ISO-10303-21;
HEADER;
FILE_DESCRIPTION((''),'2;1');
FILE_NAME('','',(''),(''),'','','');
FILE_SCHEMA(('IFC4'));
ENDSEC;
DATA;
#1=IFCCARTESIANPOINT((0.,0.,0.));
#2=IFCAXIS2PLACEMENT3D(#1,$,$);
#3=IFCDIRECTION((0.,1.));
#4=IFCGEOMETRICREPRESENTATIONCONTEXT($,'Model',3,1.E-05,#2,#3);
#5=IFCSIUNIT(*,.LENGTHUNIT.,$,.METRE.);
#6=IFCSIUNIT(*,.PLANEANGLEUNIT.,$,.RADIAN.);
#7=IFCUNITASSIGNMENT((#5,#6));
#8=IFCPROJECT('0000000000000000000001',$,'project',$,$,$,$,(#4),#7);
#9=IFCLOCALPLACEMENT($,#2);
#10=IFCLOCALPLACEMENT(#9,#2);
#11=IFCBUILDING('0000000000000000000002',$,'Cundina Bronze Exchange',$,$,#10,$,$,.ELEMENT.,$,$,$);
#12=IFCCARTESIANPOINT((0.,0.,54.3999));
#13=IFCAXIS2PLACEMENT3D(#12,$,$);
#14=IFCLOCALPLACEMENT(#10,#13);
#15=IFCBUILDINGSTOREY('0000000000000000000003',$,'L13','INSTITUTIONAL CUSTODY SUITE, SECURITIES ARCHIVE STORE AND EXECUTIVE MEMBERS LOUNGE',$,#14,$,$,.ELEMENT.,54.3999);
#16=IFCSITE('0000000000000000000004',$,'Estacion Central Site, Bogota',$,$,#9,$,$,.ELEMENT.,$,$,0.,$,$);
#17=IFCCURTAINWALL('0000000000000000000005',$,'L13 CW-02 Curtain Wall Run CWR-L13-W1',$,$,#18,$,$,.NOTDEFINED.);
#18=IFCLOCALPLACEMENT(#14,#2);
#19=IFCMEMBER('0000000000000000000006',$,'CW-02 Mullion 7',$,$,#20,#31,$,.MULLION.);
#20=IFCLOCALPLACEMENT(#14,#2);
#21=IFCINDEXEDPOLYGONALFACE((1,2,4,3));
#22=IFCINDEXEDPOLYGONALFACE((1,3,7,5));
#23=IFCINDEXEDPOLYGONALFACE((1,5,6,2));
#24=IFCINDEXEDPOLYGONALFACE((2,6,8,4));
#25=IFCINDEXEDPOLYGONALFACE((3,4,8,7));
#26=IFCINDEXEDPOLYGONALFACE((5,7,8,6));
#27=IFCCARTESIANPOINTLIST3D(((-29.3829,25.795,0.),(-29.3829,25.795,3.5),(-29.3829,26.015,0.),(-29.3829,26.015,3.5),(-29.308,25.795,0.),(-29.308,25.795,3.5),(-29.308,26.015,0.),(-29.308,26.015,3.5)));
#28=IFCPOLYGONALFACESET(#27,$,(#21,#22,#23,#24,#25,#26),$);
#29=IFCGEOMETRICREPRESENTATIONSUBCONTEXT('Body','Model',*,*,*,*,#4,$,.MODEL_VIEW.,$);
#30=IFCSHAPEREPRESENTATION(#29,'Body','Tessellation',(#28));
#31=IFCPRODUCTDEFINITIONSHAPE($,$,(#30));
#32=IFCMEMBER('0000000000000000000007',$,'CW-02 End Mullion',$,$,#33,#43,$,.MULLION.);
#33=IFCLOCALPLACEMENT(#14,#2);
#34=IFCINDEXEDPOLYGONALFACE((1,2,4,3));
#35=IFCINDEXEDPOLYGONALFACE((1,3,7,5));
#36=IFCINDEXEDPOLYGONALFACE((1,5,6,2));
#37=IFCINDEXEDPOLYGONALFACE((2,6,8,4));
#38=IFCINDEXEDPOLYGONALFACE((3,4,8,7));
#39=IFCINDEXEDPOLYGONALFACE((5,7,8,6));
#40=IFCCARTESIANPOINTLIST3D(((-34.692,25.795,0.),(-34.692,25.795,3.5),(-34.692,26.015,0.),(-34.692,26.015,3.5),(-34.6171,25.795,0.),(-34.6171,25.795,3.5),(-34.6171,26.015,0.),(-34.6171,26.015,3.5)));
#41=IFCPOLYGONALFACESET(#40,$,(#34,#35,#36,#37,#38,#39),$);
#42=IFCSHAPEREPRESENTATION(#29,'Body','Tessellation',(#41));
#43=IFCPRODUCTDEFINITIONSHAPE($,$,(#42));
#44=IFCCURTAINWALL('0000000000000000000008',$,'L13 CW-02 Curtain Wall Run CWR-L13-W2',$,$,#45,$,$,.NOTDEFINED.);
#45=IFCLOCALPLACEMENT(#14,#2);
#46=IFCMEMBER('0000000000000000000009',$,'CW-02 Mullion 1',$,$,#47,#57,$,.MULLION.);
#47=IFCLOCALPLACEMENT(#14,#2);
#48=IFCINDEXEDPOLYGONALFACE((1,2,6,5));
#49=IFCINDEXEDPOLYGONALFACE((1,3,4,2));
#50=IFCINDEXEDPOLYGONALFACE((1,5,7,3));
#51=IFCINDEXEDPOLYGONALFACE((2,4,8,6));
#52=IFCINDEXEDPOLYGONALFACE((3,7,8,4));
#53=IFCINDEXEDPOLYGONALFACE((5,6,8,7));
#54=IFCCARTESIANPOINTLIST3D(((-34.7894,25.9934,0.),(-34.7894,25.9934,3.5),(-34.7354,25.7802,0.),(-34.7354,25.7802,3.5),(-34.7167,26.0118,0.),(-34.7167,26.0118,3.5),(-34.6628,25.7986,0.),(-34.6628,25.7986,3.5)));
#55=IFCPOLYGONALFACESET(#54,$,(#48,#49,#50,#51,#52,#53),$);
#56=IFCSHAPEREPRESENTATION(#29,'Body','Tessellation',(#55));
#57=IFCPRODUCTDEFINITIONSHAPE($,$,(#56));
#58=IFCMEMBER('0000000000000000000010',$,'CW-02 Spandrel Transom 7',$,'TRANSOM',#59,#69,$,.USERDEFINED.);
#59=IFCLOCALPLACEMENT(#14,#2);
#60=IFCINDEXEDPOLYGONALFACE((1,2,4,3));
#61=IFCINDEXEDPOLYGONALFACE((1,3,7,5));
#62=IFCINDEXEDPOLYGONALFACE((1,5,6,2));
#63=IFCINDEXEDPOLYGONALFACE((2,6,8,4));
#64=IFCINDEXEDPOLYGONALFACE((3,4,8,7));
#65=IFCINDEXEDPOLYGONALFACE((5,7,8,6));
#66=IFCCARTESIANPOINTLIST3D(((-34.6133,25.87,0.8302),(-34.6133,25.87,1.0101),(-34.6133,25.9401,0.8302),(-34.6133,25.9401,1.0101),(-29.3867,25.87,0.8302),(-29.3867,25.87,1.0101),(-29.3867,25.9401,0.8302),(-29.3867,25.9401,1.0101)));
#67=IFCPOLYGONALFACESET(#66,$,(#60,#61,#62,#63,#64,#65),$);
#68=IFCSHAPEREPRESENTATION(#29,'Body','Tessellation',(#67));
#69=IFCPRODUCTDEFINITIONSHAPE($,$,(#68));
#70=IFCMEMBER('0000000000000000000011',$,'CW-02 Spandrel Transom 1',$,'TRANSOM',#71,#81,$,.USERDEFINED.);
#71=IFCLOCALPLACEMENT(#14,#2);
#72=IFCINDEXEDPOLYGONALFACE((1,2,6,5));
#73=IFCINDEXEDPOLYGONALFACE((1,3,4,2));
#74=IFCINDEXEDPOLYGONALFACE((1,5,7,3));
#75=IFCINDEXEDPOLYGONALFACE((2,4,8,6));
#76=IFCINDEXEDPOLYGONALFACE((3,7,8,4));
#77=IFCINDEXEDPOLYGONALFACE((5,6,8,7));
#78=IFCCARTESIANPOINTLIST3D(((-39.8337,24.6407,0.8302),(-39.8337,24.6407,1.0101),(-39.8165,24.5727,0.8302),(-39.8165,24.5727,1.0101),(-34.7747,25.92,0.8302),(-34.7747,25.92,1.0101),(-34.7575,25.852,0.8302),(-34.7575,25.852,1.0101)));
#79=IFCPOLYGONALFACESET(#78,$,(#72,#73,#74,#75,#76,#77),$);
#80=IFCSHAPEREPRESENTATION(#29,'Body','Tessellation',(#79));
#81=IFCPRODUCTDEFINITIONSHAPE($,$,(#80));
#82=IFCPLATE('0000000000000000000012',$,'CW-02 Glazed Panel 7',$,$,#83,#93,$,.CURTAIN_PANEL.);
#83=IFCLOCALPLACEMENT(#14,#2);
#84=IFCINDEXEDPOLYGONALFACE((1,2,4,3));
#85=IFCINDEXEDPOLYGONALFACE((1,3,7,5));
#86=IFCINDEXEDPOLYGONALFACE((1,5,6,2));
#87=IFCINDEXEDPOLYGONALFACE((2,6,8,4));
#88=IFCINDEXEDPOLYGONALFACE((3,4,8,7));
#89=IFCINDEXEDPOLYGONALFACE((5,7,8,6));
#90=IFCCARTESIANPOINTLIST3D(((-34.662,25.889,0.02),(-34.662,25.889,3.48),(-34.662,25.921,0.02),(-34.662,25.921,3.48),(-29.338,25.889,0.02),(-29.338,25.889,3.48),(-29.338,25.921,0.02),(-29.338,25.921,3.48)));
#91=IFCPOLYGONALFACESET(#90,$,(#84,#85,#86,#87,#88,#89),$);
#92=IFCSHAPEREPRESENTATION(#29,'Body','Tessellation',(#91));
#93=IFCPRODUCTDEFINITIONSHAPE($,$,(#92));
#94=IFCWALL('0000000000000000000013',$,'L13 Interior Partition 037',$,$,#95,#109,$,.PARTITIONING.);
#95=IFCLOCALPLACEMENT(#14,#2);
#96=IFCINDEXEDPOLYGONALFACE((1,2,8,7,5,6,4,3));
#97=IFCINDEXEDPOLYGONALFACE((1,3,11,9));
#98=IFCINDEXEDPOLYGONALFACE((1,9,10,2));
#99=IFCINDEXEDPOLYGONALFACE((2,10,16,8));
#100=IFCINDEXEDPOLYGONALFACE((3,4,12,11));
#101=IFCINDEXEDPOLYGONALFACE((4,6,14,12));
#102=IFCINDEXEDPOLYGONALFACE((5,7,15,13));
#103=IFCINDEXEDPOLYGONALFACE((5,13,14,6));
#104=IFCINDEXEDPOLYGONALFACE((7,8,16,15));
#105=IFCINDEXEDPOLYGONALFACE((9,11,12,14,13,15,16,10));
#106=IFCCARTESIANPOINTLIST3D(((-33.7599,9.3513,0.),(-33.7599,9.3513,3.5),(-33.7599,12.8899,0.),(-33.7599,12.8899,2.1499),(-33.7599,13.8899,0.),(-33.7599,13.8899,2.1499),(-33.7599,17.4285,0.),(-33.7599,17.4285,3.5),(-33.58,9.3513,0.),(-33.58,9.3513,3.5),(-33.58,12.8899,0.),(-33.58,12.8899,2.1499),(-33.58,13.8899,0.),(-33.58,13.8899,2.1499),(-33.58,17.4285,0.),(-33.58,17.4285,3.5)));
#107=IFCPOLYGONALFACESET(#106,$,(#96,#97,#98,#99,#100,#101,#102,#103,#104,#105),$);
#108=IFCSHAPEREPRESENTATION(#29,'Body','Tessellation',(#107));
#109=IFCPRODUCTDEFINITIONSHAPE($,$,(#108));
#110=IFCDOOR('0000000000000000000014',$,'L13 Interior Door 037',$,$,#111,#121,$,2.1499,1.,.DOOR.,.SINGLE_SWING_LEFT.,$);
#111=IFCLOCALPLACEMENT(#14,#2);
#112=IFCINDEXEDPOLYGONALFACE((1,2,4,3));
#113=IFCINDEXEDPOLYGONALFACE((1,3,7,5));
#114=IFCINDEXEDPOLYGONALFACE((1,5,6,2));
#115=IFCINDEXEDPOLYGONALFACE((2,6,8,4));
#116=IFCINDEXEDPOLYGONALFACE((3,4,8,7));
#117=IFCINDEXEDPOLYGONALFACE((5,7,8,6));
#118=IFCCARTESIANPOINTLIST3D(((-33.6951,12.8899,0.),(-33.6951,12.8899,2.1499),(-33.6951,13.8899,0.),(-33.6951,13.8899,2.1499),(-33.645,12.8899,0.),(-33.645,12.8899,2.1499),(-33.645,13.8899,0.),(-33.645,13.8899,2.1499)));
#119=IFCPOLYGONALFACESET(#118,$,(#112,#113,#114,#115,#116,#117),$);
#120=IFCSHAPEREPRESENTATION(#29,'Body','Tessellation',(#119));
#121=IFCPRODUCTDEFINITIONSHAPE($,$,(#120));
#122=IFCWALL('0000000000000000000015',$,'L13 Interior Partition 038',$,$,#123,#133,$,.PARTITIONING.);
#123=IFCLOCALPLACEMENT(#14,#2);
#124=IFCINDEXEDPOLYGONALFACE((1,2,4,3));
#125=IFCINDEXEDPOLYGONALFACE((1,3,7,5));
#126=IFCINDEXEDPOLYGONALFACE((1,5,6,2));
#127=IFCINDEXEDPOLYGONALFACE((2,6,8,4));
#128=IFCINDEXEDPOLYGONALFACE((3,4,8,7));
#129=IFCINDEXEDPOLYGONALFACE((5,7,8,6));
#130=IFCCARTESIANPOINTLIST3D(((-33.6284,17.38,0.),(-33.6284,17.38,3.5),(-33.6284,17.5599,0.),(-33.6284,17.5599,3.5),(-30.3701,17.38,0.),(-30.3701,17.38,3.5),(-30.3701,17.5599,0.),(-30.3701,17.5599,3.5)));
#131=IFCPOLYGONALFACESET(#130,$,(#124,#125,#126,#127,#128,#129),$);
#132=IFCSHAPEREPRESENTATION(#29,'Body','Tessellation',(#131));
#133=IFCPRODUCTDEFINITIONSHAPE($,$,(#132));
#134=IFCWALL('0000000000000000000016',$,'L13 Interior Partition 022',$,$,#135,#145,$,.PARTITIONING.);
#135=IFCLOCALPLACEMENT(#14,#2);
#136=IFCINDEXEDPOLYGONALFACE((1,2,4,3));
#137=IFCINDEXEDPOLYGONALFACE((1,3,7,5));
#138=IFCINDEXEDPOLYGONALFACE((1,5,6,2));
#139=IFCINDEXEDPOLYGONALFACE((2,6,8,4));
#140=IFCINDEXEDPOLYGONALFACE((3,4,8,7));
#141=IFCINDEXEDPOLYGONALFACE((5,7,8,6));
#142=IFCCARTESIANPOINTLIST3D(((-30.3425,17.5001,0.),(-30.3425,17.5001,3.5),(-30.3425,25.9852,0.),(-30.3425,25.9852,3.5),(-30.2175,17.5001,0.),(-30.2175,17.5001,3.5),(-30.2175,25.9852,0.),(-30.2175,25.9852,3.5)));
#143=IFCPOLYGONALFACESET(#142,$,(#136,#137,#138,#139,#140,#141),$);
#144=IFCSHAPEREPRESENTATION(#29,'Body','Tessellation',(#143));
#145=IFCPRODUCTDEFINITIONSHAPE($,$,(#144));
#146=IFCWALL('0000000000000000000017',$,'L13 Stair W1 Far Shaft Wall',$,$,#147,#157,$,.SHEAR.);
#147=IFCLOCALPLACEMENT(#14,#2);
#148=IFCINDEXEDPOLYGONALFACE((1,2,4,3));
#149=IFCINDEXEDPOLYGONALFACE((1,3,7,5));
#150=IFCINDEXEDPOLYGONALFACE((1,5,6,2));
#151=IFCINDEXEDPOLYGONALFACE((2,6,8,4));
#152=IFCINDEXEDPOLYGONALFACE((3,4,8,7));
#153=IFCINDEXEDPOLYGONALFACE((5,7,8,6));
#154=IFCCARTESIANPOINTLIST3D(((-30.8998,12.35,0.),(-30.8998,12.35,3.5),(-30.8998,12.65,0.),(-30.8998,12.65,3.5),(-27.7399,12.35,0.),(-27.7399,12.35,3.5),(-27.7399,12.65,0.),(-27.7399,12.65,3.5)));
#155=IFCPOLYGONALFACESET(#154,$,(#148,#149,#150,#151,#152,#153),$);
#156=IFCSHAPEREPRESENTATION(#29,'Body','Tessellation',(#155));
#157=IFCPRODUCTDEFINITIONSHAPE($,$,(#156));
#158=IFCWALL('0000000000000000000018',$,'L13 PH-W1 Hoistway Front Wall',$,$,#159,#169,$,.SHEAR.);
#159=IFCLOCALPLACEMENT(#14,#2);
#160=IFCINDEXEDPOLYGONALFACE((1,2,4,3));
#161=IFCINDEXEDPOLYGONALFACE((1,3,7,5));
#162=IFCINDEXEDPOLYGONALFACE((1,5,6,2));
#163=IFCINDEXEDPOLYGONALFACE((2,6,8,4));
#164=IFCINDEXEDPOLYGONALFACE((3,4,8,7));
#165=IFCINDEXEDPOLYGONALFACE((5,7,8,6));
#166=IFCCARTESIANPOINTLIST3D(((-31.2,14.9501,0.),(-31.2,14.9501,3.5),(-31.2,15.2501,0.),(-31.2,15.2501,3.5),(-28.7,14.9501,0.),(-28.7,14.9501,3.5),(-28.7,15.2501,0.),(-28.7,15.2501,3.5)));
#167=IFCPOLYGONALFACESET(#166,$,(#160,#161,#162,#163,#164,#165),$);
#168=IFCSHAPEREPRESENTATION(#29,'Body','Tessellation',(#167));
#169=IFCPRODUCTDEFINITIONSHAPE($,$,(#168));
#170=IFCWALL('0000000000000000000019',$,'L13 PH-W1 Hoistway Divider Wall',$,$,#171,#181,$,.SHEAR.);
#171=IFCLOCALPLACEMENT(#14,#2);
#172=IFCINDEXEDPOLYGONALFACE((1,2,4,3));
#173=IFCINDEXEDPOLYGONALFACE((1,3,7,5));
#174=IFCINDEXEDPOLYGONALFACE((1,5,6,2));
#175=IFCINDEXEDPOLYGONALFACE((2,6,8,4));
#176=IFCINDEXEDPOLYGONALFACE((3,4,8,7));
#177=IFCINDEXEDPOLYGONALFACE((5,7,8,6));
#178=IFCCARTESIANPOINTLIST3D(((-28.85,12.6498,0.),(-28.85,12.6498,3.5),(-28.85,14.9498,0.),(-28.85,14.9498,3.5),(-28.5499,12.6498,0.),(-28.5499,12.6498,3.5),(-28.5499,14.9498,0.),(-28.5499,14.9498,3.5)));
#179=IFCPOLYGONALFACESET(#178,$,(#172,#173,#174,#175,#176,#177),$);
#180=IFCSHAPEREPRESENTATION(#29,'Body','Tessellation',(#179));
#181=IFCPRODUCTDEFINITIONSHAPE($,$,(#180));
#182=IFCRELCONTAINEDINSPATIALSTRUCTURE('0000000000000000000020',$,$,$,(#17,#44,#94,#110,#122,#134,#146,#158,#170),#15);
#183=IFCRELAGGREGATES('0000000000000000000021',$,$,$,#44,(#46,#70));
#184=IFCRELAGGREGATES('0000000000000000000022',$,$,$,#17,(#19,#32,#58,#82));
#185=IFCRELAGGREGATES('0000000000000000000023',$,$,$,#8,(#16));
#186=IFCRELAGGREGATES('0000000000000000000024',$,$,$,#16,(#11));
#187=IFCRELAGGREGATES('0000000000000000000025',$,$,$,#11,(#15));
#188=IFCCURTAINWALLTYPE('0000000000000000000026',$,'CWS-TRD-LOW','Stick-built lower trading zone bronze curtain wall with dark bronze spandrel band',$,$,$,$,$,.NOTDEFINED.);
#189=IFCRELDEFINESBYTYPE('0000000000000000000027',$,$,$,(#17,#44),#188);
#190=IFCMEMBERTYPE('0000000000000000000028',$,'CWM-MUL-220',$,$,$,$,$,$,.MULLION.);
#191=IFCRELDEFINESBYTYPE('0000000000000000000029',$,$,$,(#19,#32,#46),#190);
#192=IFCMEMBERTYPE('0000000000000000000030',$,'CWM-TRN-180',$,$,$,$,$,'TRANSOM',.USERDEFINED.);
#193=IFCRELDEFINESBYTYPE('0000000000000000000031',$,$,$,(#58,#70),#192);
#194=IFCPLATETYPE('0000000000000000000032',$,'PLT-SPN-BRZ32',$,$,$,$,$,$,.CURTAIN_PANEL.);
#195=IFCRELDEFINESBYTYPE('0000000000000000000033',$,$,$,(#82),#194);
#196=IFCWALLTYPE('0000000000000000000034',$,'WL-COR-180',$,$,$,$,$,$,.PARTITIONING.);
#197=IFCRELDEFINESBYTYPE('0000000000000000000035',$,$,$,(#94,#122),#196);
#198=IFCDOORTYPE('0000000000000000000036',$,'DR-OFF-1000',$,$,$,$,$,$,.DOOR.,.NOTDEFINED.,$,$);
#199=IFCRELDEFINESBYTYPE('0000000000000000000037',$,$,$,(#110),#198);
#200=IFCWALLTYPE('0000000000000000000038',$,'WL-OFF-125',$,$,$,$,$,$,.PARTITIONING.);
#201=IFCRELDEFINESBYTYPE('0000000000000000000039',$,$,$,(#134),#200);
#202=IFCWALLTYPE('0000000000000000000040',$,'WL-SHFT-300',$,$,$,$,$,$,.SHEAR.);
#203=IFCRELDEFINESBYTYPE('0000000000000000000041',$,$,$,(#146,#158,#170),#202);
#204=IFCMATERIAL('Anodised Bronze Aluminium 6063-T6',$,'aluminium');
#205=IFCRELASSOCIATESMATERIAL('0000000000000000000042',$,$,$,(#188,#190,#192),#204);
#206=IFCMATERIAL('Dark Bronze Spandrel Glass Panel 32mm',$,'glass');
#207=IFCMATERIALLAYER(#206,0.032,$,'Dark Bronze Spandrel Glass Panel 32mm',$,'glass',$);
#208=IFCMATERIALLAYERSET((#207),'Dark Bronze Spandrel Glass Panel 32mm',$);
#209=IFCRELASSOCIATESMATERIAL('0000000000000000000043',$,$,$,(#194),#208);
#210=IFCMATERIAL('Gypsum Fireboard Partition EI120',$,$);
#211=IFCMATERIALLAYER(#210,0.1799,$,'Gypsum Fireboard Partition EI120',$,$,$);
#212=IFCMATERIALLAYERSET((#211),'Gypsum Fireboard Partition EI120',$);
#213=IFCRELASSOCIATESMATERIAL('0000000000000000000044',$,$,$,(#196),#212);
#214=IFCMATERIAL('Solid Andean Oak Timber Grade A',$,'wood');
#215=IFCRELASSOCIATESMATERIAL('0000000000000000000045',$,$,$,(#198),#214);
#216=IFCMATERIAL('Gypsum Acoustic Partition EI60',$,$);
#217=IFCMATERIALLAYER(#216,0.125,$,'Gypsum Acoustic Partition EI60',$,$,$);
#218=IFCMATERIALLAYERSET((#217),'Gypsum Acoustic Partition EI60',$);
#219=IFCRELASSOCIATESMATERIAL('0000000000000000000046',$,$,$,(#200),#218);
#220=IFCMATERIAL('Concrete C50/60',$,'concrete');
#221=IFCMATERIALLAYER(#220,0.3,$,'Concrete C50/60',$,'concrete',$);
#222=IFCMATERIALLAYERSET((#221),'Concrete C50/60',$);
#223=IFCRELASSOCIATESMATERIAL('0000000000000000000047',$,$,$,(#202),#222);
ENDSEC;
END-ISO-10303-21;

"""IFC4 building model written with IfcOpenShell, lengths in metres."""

from ifc_helpers import new_model, si_unit, direction, frame, frame_2d, origin, origin_2d, place, context, subcontext, project, spatial, rectangle, extrude, material, layer, layer_set, material_profile, profile_set, type_object, element, fill, aggregate, save


model = new_model("IFC4")

# Units and contexts
model_context = context("Model", 3, precision=1e-05, world=origin(), true_north=direction((0.0, 1.0)))
body_context = subcontext(model_context, "Body", "Model", "MODEL_VIEW")
ifc_project = project(units=[si_unit("LENGTHUNIT", "METRE"), si_unit("PLANEANGLEUNIT", "RADIAN")], contexts=[model_context])

# Site, building, storey
site_placement = place(None, origin())
site = spatial("IfcSite", under=ifc_project, at=site_placement, Name="Estacion Central Site, Bogota", CompositionType="ELEMENT", RefElevation=0.0)
building_placement = place(site_placement, origin())
building = spatial("IfcBuilding", under=site, at=building_placement, Name="Cundina Bronze Exchange", CompositionType="ELEMENT")
storey_placement = place(building_placement, frame((0.0, 0.0, 54.3999)))
storey = spatial("IfcBuildingStorey", under=building, at=storey_placement, Name="L13", Description="INSTITUTIONAL CUSTODY SUITE, SECURITIES ARCHIVE STORE AND EXECUTIVE MEMBERS LOUNGE", CompositionType="ELEMENT", Elevation=54.3999)

# Curtain wall, members
ifc_material_1 = material(Name="Anodised Bronze Aluminium 6063-T6", Category="aluminium")
curtain_wall_type = type_object("IfcCurtainWallType", Name="CWS-TRD-LOW", Description="Stick-built lower trading zone bronze curtain wall with dark bronze spandrel band", PredefinedType="NOTDEFINED", material=ifc_material_1)
curtain_wall_1_placement = place(storey_placement, origin())
curtain_wall_1 = element("IfcCurtainWall", 1, at=curtain_wall_1_placement, inside=storey, type_object=curtain_wall_type, Name="L13 CW-02 Curtain Wall Run CWR-L13-W1", PredefinedType="NOTDEFINED")
ifc_material_profile_1 = material_profile(ifc_material_1, rectangle(XDim=0.075, YDim=0.22, at=origin_2d()), Name="AL75X220", Category="aluminium")
ifc_profile_set_1 = profile_set([ifc_material_profile_1], Name="Anodised Bronze Aluminium 6063-T6")
member_type_1 = type_object("IfcMemberType", Name="CWM-MUL-220", PredefinedType="MULLION", material=ifc_profile_set_1)
member_1_placement = place(storey_placement, frame((-29.3455, 25.905, 0.0), z_axis=(0.0, 0.0, 1.0), x_axis=(-1.0, 0.0, 0.0)))
member_1 = element("IfcMember", 2, at=member_1_placement, type_object=member_type_1, Name="CW-02 Mullion 7", PredefinedType="MULLION", context=body_context, shape_type="SweptSolid", body=[
    extrude(rectangle(XDim=0.075, YDim=0.22, at=origin_2d()), origin(), (0.0, 0.0, 1.0), 3.5),
])
member_2_placement = place(storey_placement, frame((-34.6545, 25.905, 0.0), z_axis=(0.0, 0.0, 1.0), x_axis=(-1.0, 0.0, 0.0)))
member_2 = element("IfcMember", 3, at=member_2_placement, type_object=member_type_1, Name="CW-02 End Mullion", PredefinedType="MULLION", context=body_context, shape_type="SweptSolid", body=[
    extrude(rectangle(XDim=0.075, YDim=0.22, at=origin_2d()), origin(), (0.0, 0.0, 1.0), 3.5),
])

# Curtain wall, member
curtain_wall_2_placement = place(storey_placement, origin())
curtain_wall_2 = element("IfcCurtainWall", 4, at=curtain_wall_2_placement, inside=storey, type_object=curtain_wall_type, Name="L13 CW-02 Curtain Wall Run CWR-L13-W2", PredefinedType="NOTDEFINED")
member_3_placement = place(storey_placement, frame((-34.7261, 25.896, 0.0), z_axis=(0.0, 0.0, 1.0), x_axis=(-0.969488, -0.245138, 0.0)))
member_3 = element("IfcMember", 5, at=member_3_placement, type_object=member_type_1, Name="CW-02 Mullion 1", PredefinedType="MULLION", context=body_context, shape_type="SweptSolid", body=[
    extrude(rectangle(XDim=0.075, YDim=0.22, at=origin_2d()), origin(), (0.0, 0.0, 1.0), 3.5),
])

# Members
ifc_material_profile_2 = material_profile(ifc_material_1, rectangle(XDim=0.0701, YDim=0.1799, at=origin_2d()), Name="AL70X180", Category="aluminium")
ifc_profile_set_2 = profile_set([ifc_material_profile_2], Name="Anodised Bronze Aluminium 6063-T6")
member_type_2 = type_object("IfcMemberType", Name="CWM-TRN-180", ElementType="TRANSOM", PredefinedType="USERDEFINED", material=ifc_profile_set_2)
member_4_placement = place(storey_placement, frame((-29.3867, 25.905, 0.9202), z_axis=(-1.0, 0.0, 0.0), x_axis=(0.0, -1.0, 0.0)))
member_4 = element("IfcMember", 6, at=member_4_placement, type_object=member_type_2, Name="CW-02 Spandrel Transom 7", ObjectType="TRANSOM", PredefinedType="USERDEFINED", context=body_context, shape_type="SweptSolid", body=[
    extrude(rectangle(XDim=0.0701, YDim=0.1799, at=origin_2d()), origin(), (0.0, 0.0, 1.0), 5.2266),
])
member_5_placement = place(storey_placement, frame((-34.7661, 25.886, 0.9202), z_axis=(-0.969484, -0.245155, 0.0), x_axis=(0.245155, -0.969484, 0.0)))
member_5 = element("IfcMember", 7, at=member_5_placement, type_object=member_type_2, Name="CW-02 Spandrel Transom 1", ObjectType="TRANSOM", PredefinedType="USERDEFINED", context=body_context, shape_type="SweptSolid", body=[
    extrude(rectangle(XDim=0.0701, YDim=0.1799, at=origin_2d()), origin(), (0.0, 0.0, 1.0), 5.2183),
])
aggregate(curtain_wall_2, [member_3, member_5])

# Plate
ifc_material_2 = material(Name="Dark Bronze Spandrel Glass Panel 32mm", Category="glass")
ifc_layer_1 = layer(ifc_material_2, 0.032, Name="Dark Bronze Spandrel Glass Panel 32mm", Category="glass")
ifc_layer_set_1 = layer_set([ifc_layer_1], Name="Dark Bronze Spandrel Glass Panel 32mm")
plate_type = type_object("IfcPlateType", Name="PLT-SPN-BRZ32", PredefinedType="CURTAIN_PANEL", material=ifc_layer_set_1)
plate_placement = place(storey_placement, frame((-32.0, 25.905, 0.02), z_axis=(0.0, 0.0, 1.0), x_axis=(-1.0, 0.0, 0.0)))
plate = element("IfcPlate", 8, at=plate_placement, type_object=plate_type, Name="CW-02 Glazed Panel 7", PredefinedType="CURTAIN_PANEL", context=body_context, shape_type="SweptSolid", body=[
    extrude(rectangle(XDim=5.324, YDim=0.032, at=origin_2d()), origin(), (0.0, 0.0, 1.0), 3.46),
])
aggregate(curtain_wall_1, [member_1, member_2, member_4, plate])

# Wall, opening, door
ifc_material_3 = material(Name="Gypsum Fireboard Partition EI120")
ifc_layer_2 = layer(ifc_material_3, 0.1799, Name="Gypsum Fireboard Partition EI120")
ifc_layer_set_2 = layer_set([ifc_layer_2], Name="Gypsum Fireboard Partition EI120")
wall_type_1 = type_object("IfcWallType", Name="WL-COR-180", PredefinedType="PARTITIONING", material=ifc_layer_set_2)
ifc_material_4 = material(Name="Solid Andean Oak Timber Grade A", Category="wood")
door_type_1 = type_object("IfcDoorType", Name="DR-OFF-1000", OperationType="NOTDEFINED", PredefinedType="DOOR", material=ifc_material_4)
wall_1_placement = place(storey_placement, frame((-33.6699, 17.4285, 0.0), z_axis=(0.0, 0.0, 1.0), x_axis=(0.0, -1.0, 0.0)))
wall_1 = element("IfcWall", 9, at=wall_1_placement, inside=storey, type_object=wall_type_1, Name="L13 Interior Partition 037", PredefinedType="PARTITIONING", context=body_context, shape_type="SweptSolid", body=[
    extrude(rectangle(XDim=8.0771, YDim=0.1799, at=frame_2d((4.0386, 0.0))), origin(), (0.0, 0.0, 1.0), 3.5),
])
opening_1_placement = place(wall_1_placement, frame((3.5386, 0.0, 0.0)))
opening_1 = element("IfcOpeningElement", 10, at=opening_1_placement, cuts=wall_1, PredefinedType="OPENING", context=body_context, shape_type="SweptSolid", body=[
    extrude(rectangle(XDim=1.0, YDim=2.1499, at=frame_2d((0.5, 1.075))), frame((0.0, 0.0999, 0.0), z_axis=(0.0, -1.0, 0.0), x_axis=(1.0, 0.0, 0.0)), (0.0, 0.0, 1.0), 0.2),
])
door_1_placement = place(opening_1_placement, origin())
door_1 = element("IfcDoor", 11, at=door_1_placement, inside=storey, type_object=door_type_1, Name="L13 Interior Door 037", OperationType="SINGLE_SWING_LEFT", OverallHeight=2.1499, OverallWidth=1.0, PredefinedType="DOOR", context=body_context, shape_type="SweptSolid", body=[
    extrude(rectangle(XDim=1.0, YDim=2.1499, at=frame_2d((0.5, 1.075))), frame((0.0, 0.0249, 0.0), z_axis=(0.0, -1.0, 0.0), x_axis=(1.0, 0.0, 0.0)), (0.0, 0.0, 1.0), 0.05),
])
fill(opening_1, door_1)

# Walls
wall_2_placement = place(storey_placement, frame((-30.3701, 17.47, 0.0), z_axis=(0.0, 0.0, 1.0), x_axis=(-1.0, 0.0, 0.0)))
element("IfcWall", 12, at=wall_2_placement, inside=storey, type_object=wall_type_1, Name="L13 Interior Partition 038", PredefinedType="PARTITIONING", context=body_context, shape_type="SweptSolid", body=[
    extrude(rectangle(XDim=3.2583, YDim=0.1799, at=frame_2d((1.6292, 0.0))), origin(), (0.0, 0.0, 1.0), 3.5),
])
ifc_material_5 = material(Name="Gypsum Acoustic Partition EI60")
ifc_layer_3 = layer(ifc_material_5, 0.125, Name="Gypsum Acoustic Partition EI60")
ifc_layer_set_3 = layer_set([ifc_layer_3], Name="Gypsum Acoustic Partition EI60")
wall_type_2 = type_object("IfcWallType", Name="WL-OFF-125", PredefinedType="PARTITIONING", material=ifc_layer_set_3)
wall_3_placement = place(storey_placement, frame((-30.28, 17.5, 0.0), z_axis=(0.0, 0.0, 1.0), x_axis=(0.0, 1.0, 0.0)))
element("IfcWall", 13, at=wall_3_placement, inside=storey, type_object=wall_type_2, Name="L13 Interior Partition 022", PredefinedType="PARTITIONING", context=body_context, shape_type="SweptSolid", body=[
    extrude(rectangle(XDim=8.4851, YDim=0.125, at=frame_2d((4.2427, 0.0))), origin(), (0.0, 0.0, 1.0), 3.5),
])

# Shared definitions
ifc_material_6 = material(Name="Concrete C50/60", Category="concrete")
ifc_layer_4 = layer(ifc_material_6, 0.3, Name="Concrete C50/60", Category="concrete")
ifc_layer_set_4 = layer_set([ifc_layer_4], Name="Concrete C50/60")
wall_type_3 = type_object("IfcWallType", Name="WL-SHFT-300", PredefinedType="SHEAR", material=ifc_layer_set_4)

# Walls
wall_4_placement = place(storey_placement, frame((-30.8999, 12.5, 0.0), z_axis=(0.0, 0.0, 1.0), x_axis=(1.0, 0.0, 0.0)))
element("IfcWall", 14, at=wall_4_placement, inside=storey, type_object=wall_type_3, Name="L13 Stair W1 Far Shaft Wall", PredefinedType="SHEAR", context=body_context, shape_type="SweptSolid", body=[
    extrude(rectangle(XDim=3.1599, YDim=0.3, at=frame_2d((1.5801, 0.0))), origin(), (0.0, 0.0, 1.0), 3.5),
])
wall_5_placement = place(storey_placement, frame((-31.2, 15.1001, 0.0), z_axis=(0.0, 0.0, 1.0), x_axis=(1.0, 0.0, 0.0)))
element("IfcWall", 15, at=wall_5_placement, inside=storey, type_object=wall_type_3, Name="L13 PH-W1 Hoistway Front Wall", PredefinedType="SHEAR", context=body_context, shape_type="SweptSolid", body=[
    extrude(rectangle(XDim=2.5, YDim=0.3, at=frame_2d((1.25, 0.0))), origin(), (0.0, 0.0, 1.0), 3.5),
])
wall_6_placement = place(storey_placement, frame((-28.7, 12.6499, 0.0), z_axis=(0.0, 0.0, 1.0), x_axis=(0.0, 1.0, 0.0)))
element("IfcWall", 16, at=wall_6_placement, inside=storey, type_object=wall_type_3, Name="L13 PH-W1 Hoistway Divider Wall", PredefinedType="SHEAR", context=body_context, shape_type="SweptSolid", body=[
    extrude(rectangle(XDim=2.3, YDim=0.3, at=frame_2d((1.1499, 0.0))), origin(), (0.0, 0.0, 1.0), 3.5),
])

save(model, "model.ifc")
